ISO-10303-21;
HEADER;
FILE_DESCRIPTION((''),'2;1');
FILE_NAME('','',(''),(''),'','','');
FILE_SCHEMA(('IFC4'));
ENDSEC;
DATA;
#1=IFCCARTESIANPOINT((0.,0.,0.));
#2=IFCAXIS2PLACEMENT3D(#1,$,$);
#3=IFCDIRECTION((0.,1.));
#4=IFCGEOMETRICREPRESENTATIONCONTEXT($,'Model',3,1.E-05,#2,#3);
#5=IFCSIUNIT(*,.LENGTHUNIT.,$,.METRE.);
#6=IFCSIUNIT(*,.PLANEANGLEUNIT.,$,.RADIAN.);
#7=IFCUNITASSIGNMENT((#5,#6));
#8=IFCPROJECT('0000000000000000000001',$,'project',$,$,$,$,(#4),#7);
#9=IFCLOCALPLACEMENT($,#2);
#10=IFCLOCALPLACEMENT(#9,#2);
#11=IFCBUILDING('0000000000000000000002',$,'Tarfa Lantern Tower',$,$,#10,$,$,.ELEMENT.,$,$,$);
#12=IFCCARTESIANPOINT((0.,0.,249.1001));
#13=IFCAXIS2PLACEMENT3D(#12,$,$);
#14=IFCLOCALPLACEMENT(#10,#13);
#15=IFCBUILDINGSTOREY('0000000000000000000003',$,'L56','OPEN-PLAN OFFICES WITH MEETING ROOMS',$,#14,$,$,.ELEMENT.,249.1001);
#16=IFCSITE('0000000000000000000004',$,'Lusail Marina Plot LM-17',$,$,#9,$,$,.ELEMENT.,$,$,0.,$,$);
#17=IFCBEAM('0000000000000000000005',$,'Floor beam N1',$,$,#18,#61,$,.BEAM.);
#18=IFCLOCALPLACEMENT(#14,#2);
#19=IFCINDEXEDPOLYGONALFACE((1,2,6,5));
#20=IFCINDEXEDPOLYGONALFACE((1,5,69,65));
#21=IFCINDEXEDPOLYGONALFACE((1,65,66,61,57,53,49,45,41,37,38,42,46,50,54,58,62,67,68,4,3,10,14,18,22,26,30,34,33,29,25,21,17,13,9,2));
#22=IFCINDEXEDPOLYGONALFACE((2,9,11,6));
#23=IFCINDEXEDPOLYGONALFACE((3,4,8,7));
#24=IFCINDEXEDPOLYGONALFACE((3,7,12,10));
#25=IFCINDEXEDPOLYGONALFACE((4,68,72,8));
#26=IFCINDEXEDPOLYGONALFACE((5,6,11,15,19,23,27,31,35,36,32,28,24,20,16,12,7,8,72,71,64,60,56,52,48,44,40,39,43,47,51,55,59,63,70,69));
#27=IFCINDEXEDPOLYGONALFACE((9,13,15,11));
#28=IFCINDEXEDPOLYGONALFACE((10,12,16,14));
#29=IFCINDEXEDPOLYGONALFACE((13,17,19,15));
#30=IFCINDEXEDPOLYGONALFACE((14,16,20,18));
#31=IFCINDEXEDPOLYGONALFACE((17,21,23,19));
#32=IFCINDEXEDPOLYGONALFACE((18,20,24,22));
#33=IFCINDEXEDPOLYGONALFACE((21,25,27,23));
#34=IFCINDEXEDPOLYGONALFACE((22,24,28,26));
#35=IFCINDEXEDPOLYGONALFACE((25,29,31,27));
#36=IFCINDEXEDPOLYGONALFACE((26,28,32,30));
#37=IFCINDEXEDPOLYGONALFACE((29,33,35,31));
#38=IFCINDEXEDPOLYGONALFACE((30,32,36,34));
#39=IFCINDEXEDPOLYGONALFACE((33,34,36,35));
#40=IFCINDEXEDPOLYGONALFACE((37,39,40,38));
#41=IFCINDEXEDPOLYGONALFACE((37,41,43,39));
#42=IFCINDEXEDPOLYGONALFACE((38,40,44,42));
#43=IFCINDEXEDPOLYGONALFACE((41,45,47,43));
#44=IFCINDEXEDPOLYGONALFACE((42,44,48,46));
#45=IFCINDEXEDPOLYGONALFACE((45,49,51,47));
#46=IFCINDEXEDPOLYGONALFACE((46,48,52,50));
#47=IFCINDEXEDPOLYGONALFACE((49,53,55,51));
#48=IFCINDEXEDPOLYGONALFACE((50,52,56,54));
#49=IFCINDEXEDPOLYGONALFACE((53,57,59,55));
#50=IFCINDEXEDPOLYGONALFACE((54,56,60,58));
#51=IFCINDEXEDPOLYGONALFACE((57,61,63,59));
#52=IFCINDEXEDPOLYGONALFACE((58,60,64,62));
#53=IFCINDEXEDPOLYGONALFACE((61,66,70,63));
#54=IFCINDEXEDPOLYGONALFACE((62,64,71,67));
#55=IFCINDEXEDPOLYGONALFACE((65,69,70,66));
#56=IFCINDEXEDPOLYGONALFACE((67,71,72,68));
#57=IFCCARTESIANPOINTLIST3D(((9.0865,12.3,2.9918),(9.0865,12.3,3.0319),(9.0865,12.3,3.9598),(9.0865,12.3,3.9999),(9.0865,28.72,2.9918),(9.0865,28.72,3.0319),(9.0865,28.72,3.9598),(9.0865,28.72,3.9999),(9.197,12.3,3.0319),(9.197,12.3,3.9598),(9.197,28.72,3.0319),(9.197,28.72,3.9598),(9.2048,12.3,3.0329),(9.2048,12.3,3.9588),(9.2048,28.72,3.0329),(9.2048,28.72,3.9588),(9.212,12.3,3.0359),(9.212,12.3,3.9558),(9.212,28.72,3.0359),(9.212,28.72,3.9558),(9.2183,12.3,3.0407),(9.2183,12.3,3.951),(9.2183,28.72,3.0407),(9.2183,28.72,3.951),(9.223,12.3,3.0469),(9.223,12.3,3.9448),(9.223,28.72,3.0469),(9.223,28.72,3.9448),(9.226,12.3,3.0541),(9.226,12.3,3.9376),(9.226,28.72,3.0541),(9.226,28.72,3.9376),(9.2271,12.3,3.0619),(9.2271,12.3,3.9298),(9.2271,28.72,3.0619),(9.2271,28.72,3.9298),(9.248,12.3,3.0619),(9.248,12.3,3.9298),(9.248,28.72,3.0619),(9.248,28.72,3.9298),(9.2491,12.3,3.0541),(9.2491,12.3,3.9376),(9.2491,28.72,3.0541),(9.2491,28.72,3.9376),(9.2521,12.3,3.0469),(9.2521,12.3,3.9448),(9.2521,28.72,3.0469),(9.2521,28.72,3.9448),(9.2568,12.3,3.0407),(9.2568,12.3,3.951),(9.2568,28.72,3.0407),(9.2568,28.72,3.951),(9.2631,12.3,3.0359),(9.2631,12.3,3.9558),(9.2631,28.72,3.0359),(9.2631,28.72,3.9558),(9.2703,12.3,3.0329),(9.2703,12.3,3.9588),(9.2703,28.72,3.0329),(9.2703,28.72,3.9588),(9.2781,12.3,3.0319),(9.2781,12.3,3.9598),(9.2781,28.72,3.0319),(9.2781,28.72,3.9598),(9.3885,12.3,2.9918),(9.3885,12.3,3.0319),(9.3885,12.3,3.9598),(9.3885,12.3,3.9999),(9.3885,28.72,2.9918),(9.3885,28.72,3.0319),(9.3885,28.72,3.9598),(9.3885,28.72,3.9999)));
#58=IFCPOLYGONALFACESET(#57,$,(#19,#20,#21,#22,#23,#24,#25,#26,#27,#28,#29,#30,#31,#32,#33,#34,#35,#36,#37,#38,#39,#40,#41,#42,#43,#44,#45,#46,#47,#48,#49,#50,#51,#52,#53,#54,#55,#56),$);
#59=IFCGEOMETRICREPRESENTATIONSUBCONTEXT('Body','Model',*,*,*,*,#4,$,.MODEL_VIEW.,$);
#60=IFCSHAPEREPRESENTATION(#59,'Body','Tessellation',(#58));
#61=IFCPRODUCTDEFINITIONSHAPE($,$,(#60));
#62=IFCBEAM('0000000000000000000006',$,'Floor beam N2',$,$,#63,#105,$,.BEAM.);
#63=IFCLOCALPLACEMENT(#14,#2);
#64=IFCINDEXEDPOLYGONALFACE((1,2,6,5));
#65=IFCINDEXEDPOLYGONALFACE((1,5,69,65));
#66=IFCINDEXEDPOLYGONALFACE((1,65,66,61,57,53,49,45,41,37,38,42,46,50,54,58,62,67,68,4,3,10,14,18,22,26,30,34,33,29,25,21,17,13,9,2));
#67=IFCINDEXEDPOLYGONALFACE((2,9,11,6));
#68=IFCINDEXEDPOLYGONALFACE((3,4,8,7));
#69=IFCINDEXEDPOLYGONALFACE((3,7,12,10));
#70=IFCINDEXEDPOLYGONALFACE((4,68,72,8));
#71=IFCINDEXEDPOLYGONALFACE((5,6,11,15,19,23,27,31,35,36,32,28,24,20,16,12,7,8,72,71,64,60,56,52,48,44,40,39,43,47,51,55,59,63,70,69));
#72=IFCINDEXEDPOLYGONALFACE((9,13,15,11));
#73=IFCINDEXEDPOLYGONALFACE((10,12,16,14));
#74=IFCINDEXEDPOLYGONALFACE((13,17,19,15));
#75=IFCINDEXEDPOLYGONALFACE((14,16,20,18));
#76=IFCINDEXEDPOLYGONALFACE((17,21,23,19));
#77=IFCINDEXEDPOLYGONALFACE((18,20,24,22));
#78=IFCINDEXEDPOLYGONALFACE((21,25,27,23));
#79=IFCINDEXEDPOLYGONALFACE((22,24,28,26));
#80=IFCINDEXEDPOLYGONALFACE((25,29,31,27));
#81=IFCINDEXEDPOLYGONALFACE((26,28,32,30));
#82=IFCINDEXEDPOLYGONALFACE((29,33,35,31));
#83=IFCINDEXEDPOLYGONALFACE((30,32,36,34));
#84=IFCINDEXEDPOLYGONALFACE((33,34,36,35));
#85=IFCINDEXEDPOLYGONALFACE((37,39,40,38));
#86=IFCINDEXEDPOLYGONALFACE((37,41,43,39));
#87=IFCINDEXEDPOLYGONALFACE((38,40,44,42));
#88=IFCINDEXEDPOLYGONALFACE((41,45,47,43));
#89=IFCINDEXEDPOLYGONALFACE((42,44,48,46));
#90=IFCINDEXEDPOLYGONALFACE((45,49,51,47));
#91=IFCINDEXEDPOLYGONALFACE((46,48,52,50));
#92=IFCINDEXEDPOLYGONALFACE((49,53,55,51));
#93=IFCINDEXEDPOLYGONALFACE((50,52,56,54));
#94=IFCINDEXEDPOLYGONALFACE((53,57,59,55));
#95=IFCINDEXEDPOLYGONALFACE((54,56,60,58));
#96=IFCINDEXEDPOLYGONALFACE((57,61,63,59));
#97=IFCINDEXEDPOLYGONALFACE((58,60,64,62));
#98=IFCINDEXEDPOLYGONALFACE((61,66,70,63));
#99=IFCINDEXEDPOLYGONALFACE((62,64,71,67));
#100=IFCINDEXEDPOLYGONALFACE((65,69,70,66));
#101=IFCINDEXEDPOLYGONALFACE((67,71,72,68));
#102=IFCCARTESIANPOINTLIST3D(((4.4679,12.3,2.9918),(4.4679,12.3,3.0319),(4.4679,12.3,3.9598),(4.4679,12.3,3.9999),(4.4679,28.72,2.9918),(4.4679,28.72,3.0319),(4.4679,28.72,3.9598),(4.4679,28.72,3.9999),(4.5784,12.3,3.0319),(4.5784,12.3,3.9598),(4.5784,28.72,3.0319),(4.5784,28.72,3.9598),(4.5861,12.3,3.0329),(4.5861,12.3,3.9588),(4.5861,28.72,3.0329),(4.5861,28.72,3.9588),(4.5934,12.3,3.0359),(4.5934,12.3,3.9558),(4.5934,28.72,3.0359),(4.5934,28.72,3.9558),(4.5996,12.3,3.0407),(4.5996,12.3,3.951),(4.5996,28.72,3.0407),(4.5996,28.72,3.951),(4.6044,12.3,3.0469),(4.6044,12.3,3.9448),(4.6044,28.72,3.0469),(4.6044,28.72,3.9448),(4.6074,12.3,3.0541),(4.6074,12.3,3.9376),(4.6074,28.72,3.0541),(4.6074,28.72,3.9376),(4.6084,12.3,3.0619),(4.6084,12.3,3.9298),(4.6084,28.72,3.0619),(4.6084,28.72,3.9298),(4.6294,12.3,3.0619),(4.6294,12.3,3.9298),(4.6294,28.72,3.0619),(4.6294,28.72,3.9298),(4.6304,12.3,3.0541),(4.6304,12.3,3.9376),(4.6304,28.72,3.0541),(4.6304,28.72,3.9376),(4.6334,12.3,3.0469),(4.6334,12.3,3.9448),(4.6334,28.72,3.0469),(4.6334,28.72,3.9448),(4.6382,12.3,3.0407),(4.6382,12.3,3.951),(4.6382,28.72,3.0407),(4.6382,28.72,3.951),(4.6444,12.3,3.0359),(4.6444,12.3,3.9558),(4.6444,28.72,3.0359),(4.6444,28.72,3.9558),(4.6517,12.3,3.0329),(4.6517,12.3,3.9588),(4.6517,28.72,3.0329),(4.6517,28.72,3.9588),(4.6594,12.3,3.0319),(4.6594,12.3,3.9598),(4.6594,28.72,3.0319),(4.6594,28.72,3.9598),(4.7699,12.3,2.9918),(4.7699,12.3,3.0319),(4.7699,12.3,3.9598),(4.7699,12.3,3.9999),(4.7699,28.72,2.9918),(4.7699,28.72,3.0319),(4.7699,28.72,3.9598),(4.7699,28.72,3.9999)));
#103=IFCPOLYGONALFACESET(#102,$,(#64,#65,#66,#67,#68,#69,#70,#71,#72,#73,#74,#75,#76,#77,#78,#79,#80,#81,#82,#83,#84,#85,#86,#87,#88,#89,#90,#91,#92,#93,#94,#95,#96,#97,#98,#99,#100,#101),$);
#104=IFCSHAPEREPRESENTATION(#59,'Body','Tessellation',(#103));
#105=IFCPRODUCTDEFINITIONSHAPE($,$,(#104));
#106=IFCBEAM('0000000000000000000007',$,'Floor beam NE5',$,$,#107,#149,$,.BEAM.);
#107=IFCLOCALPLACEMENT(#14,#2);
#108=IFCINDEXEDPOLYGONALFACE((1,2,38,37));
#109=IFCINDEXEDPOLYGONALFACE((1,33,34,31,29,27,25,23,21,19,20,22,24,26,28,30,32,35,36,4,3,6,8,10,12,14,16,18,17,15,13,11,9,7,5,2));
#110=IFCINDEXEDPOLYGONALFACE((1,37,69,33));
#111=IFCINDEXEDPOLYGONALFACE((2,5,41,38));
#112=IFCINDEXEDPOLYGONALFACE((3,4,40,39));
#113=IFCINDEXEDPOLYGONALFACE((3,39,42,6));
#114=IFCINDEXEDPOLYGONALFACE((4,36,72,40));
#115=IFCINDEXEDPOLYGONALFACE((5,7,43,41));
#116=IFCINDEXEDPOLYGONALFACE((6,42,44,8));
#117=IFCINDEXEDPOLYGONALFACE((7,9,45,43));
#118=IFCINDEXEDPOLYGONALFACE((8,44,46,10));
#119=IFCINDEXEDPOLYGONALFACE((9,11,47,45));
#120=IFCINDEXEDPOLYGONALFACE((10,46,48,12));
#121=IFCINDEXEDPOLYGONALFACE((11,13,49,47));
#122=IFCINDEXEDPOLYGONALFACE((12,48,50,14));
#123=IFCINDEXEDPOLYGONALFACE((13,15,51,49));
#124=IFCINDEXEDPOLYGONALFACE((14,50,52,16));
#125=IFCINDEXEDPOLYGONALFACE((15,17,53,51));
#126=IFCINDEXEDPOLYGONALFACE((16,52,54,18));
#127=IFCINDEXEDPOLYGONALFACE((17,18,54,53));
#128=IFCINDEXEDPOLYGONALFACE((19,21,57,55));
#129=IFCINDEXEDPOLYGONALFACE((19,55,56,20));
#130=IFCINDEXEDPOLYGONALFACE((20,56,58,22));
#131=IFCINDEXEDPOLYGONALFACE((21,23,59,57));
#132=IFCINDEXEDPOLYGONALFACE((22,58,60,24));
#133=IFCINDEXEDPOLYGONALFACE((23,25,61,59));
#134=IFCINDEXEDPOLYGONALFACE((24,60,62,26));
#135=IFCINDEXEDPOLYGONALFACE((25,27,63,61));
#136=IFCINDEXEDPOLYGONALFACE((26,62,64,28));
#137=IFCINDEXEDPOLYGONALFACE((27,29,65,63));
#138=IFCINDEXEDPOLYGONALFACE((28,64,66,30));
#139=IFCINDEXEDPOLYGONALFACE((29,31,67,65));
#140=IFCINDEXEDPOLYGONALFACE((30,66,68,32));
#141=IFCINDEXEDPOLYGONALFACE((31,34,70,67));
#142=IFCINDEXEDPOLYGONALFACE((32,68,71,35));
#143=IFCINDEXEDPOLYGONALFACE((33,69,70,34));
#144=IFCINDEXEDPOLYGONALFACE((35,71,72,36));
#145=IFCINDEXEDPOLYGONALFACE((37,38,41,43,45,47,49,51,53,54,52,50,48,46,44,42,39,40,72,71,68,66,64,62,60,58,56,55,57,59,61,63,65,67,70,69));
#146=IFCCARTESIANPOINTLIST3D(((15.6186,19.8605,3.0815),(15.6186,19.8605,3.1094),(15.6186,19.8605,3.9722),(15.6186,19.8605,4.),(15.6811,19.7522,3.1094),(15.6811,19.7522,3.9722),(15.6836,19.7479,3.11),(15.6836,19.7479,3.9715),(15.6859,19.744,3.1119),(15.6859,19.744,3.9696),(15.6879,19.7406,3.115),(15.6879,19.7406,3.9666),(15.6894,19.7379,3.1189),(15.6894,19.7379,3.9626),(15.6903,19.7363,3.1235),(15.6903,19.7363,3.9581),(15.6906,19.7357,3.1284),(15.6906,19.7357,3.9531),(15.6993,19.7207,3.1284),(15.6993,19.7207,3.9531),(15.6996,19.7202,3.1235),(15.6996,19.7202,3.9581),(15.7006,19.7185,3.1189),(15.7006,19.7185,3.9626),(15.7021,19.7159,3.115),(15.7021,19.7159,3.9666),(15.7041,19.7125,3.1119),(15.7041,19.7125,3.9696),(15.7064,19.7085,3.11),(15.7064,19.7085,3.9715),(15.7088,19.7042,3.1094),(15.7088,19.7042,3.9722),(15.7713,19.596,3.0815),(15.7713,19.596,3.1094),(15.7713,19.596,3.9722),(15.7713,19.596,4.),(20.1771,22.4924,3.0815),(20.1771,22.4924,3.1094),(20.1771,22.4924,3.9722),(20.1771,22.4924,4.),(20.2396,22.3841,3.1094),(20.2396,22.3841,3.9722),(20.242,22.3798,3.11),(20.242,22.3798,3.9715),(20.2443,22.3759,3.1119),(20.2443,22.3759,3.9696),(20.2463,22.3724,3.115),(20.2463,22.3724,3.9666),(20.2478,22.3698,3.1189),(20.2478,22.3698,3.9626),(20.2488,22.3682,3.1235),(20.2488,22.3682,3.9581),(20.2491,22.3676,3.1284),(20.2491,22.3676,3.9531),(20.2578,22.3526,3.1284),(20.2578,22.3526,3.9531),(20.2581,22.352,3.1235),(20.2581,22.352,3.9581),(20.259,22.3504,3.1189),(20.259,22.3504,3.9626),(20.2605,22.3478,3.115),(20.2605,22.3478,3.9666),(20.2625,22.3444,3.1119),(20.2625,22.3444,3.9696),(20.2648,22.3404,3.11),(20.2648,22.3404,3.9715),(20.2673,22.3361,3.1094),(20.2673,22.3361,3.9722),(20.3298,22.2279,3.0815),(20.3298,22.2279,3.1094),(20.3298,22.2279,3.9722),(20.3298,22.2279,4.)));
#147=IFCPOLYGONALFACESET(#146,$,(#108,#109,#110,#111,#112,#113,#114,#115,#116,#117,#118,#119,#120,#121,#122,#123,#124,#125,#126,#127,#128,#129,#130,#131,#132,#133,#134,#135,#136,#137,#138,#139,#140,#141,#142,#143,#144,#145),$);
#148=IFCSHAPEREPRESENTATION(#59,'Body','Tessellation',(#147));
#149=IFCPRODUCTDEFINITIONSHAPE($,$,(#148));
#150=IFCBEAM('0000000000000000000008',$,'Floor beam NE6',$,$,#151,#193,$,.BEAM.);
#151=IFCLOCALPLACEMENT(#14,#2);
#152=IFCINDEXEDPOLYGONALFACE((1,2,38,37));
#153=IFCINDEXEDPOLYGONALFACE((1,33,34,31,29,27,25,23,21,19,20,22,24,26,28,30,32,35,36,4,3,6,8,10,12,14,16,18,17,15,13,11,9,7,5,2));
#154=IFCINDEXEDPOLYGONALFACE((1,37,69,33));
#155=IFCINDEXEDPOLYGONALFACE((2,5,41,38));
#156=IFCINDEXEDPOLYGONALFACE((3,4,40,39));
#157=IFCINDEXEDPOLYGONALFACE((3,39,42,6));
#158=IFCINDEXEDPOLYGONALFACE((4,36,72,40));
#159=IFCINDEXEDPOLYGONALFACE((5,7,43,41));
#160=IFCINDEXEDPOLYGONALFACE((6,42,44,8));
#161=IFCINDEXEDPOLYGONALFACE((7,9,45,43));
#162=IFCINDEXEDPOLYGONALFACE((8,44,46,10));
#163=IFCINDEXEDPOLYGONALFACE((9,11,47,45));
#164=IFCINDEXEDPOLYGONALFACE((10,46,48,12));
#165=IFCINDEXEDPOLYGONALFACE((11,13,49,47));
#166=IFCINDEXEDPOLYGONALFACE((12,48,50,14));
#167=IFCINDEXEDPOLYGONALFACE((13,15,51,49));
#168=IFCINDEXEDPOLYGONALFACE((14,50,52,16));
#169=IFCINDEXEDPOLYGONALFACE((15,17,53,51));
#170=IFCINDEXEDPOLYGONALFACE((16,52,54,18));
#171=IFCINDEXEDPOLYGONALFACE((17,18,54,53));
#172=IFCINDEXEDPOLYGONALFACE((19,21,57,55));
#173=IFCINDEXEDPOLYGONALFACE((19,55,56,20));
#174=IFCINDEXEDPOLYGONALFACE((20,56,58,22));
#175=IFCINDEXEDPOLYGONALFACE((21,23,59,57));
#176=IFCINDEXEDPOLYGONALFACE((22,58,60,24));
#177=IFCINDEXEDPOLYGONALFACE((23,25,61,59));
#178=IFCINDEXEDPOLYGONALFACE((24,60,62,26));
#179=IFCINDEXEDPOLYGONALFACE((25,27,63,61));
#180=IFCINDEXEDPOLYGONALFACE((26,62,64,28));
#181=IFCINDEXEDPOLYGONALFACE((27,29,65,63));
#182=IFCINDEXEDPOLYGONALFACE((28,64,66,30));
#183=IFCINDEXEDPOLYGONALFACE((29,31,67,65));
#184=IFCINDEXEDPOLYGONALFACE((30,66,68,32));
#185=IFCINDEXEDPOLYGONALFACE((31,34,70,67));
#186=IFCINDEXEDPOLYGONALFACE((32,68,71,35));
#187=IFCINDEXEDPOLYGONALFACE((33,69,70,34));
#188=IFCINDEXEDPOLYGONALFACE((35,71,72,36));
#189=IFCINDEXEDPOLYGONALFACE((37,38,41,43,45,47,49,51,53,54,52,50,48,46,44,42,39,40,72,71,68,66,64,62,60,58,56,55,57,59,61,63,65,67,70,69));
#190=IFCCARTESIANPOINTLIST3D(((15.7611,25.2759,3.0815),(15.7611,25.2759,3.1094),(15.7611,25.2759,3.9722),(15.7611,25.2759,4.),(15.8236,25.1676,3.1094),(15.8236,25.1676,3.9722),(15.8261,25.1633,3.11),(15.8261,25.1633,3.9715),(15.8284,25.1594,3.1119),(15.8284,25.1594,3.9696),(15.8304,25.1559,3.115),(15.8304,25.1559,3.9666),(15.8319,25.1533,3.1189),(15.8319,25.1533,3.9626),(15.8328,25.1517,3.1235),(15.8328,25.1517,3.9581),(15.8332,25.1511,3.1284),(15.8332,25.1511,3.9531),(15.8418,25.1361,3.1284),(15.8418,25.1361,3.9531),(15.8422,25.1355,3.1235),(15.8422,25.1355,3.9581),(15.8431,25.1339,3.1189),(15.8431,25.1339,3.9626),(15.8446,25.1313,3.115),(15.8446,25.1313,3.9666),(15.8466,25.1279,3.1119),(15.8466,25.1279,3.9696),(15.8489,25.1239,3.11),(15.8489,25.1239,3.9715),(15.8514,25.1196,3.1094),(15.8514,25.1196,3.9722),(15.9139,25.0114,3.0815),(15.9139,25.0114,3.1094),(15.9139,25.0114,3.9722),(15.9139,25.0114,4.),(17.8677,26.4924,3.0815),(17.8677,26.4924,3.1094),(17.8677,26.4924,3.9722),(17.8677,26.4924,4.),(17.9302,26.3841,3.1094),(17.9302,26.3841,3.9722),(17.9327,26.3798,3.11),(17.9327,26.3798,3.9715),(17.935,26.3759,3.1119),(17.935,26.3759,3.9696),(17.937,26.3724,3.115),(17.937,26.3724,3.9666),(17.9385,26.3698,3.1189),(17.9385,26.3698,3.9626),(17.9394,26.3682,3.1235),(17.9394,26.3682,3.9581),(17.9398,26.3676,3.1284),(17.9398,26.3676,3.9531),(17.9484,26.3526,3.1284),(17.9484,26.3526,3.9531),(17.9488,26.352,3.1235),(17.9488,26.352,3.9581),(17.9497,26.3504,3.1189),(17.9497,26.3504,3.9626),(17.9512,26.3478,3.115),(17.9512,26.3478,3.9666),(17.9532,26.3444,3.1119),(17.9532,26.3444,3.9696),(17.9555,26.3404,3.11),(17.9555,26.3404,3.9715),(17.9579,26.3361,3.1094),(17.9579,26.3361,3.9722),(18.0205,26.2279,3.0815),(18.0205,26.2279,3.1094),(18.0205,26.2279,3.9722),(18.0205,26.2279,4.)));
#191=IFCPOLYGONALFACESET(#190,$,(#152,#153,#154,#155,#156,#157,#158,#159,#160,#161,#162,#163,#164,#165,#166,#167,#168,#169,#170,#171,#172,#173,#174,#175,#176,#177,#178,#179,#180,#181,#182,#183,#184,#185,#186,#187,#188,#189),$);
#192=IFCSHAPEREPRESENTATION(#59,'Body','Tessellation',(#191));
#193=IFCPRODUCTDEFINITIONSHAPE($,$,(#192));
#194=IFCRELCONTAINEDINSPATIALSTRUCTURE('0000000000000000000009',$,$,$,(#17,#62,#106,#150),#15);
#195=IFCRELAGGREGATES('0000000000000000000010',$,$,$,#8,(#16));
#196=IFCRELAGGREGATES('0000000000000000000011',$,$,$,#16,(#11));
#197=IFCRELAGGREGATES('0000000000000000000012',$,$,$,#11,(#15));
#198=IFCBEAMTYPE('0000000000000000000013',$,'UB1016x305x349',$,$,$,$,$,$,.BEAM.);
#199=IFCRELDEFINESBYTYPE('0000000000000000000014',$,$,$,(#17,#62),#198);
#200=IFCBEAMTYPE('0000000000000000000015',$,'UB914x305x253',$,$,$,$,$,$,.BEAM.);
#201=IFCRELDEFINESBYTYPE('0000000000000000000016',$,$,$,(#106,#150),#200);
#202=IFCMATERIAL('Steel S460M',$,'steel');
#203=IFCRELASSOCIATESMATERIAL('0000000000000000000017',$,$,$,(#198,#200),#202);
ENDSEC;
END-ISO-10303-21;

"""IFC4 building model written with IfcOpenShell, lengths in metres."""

from ifc_helpers import new_model, si_unit, direction, frame, origin, origin_2d, place, context, subcontext, project, spatial, i_section, extrude, material, material_profile, profile_set, type_object, element, save


model = new_model("IFC4")

# Units and contexts
model_context = context("Model", 3, precision=1e-05, world=origin(), true_north=direction((0.0, 1.0)))
body_context = subcontext(model_context, "Body", "Model", "MODEL_VIEW")
ifc_project = project(units=[si_unit("LENGTHUNIT", "METRE"), si_unit("PLANEANGLEUNIT", "RADIAN")], contexts=[model_context])

# Site, building, storey
site_placement = place(None, origin())
site = spatial("IfcSite", under=ifc_project, at=site_placement, Name="Lusail Marina Plot LM-17", CompositionType="ELEMENT", RefElevation=0.0)
building_placement = place(site_placement, origin())
building = spatial("IfcBuilding", under=site, at=building_placement, Name="Tarfa Lantern Tower", CompositionType="ELEMENT")
storey_placement = place(building_placement, frame((0.0, 0.0, 249.1001)))
storey = spatial("IfcBuildingStorey", under=building, at=storey_placement, Name="L56", Description="OPEN-PLAN OFFICES WITH MEETING ROOMS", CompositionType="ELEMENT", Elevation=249.1001)

# Beams
ifc_material_1 = material(Name="Steel S460M", Category="steel")
ifc_material_profile_1 = material_profile(ifc_material_1, i_section(OverallWidth=0.302, OverallDepth=1.0081, WebThickness=0.021, FlangeThickness=0.04, FilletRadius=0.03, at=origin_2d()), Name="UB1016x305x349")
ifc_profile_set_1 = profile_set([ifc_material_profile_1], Name="Steel S460M")
beam_type_1 = type_object("IfcBeamType", Name="UB1016x305x349", PredefinedType="BEAM", material=ifc_profile_set_1)
for number, where, z_axis, x_axis, name in (
    (1, (9.2375, 28.72, 3.4958), (0.0, -1.0, 0.0), (1.0, 0.0, 0.0), "Floor beam N1"),
    (2, (4.6189, 28.72, 3.4958), (0.0, -1.0, 0.0), (1.0, 0.0, 0.0), "Floor beam N2"),
):
    element("IfcBeam", number, at=place(storey_placement, frame(where, z_axis=z_axis, x_axis=x_axis)), inside=storey, type_object=beam_type_1, Name=name, PredefinedType="BEAM", context=body_context, shape_type="SweptSolid", body=[
        extrude(i_section(OverallWidth=0.302, OverallDepth=1.0081, WebThickness=0.021, FlangeThickness=0.04, FilletRadius=0.03, at=origin_2d()), origin(), (0.0, 0.0, 1.0), 16.4199),
    ])
ifc_material_profile_2 = material_profile(ifc_material_1, i_section(OverallWidth=0.3054, OverallDepth=0.9185, WebThickness=0.0173, FlangeThickness=0.0278, FilletRadius=0.019, at=origin_2d()), Name="UB914x305x253")
ifc_profile_set_2 = profile_set([ifc_material_profile_2], Name="Steel S460M")
beam_type_2 = type_object("IfcBeamType", Name="UB914x305x253", PredefinedType="BEAM", material=ifc_profile_set_2)
beam_1_placement = place(storey_placement, frame((20.2534, 22.3601, 3.5408), z_axis=(-0.86602, -0.50001, 0.0), x_axis=(0.50001, -0.86602, 0.0)))
element("IfcBeam", 3, at=beam_1_placement, inside=storey, type_object=beam_type_2, Name="Floor beam NE5", PredefinedType="BEAM", context=body_context, shape_type="SweptSolid", body=[
    extrude(i_section(OverallWidth=0.3054, OverallDepth=0.9185, WebThickness=0.0173, FlangeThickness=0.0278, FilletRadius=0.019, at=origin_2d()), origin(), (0.0, 0.0, 1.0), 5.2637),
])
beam_2_placement = place(storey_placement, frame((17.9441, 26.3601, 3.5408), z_axis=(-0.86598, -0.500079, 0.0), x_axis=(0.500079, -0.86598, 0.0)))
element("IfcBeam", 4, at=beam_2_placement, inside=storey, type_object=beam_type_2, Name="Floor beam NE6", PredefinedType="BEAM", context=body_context, shape_type="SweptSolid", body=[
    extrude(i_section(OverallWidth=0.3054, OverallDepth=0.9185, WebThickness=0.0173, FlangeThickness=0.0278, FilletRadius=0.019, at=origin_2d()), origin(), (0.0, 0.0, 1.0), 2.4326),
])

save(model, "model.ifc")
